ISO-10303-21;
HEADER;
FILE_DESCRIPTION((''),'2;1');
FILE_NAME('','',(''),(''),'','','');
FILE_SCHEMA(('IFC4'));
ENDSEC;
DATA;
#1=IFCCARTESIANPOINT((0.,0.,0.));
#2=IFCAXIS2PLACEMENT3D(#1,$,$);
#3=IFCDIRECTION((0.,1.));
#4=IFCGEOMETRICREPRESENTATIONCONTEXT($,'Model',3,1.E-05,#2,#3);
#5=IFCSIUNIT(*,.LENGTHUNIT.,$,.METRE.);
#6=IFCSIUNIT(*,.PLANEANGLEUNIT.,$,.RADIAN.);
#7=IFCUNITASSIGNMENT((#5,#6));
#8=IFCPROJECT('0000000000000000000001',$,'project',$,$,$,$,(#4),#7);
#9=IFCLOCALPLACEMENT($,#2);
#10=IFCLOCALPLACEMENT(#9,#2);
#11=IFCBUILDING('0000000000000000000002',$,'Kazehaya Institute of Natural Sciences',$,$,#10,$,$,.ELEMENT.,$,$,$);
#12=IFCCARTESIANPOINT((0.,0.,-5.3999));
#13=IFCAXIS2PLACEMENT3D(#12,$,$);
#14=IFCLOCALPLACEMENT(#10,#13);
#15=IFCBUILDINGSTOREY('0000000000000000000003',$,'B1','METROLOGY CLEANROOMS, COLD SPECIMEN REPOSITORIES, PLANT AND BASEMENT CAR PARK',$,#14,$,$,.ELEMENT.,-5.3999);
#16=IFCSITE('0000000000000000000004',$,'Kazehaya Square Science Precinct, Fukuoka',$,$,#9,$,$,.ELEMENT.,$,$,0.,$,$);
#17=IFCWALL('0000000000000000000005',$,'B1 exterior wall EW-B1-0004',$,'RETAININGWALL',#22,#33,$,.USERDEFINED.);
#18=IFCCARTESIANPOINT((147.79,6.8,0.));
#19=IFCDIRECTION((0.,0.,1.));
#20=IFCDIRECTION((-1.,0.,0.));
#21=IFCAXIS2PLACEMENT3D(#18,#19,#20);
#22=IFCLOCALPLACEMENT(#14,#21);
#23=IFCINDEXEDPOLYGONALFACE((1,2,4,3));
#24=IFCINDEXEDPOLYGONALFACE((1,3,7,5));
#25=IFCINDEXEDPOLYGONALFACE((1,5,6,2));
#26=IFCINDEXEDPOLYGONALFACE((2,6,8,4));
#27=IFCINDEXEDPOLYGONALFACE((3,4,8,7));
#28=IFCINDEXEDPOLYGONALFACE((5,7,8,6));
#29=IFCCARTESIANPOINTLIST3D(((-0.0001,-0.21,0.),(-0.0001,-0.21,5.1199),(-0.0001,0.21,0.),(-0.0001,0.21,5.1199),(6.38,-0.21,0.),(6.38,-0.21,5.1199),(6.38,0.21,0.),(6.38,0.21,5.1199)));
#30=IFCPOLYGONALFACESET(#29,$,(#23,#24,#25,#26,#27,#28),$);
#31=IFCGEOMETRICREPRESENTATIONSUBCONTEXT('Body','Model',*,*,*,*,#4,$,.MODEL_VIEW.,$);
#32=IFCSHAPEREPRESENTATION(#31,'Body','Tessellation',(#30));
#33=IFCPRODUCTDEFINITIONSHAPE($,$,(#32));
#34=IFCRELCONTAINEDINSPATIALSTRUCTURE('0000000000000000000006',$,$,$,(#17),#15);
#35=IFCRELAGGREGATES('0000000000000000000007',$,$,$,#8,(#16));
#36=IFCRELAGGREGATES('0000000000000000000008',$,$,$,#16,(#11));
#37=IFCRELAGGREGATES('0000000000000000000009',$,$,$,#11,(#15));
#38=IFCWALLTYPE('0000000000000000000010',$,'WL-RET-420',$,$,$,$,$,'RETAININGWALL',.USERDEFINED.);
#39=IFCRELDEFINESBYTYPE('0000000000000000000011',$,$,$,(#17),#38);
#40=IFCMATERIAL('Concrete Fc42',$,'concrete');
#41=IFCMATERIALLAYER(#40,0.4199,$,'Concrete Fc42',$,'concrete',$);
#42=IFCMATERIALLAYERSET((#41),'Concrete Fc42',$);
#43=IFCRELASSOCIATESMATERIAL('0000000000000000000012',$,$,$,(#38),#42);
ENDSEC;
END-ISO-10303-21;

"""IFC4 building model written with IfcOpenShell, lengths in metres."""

from ifc_helpers import new_model, si_unit, direction, frame, frame_2d, origin, place, context, subcontext, project, spatial, rectangle, extrude, material, layer, layer_set, type_object, element, save


model = new_model("IFC4")

# Units and contexts
model_context = context("Model", 3, precision=1e-05, world=origin(), true_north=direction((0.0, 1.0)))
body_context = subcontext(model_context, "Body", "Model", "MODEL_VIEW")
ifc_project = project(units=[si_unit("LENGTHUNIT", "METRE"), si_unit("PLANEANGLEUNIT", "RADIAN")], contexts=[model_context])

# Site, building, storey
site_placement = place(None, origin())
site = spatial("IfcSite", under=ifc_project, at=site_placement, Name="Kazehaya Square Science Precinct, Fukuoka", CompositionType="ELEMENT", RefElevation=0.0)
building_placement = place(site_placement, origin())
building = spatial("IfcBuilding", under=site, at=building_placement, Name="Kazehaya Institute of Natural Sciences", CompositionType="ELEMENT")
storey_placement = place(building_placement, frame((0.0, 0.0, -5.3999)))
storey = spatial("IfcBuildingStorey", under=building, at=storey_placement, Name="B1", Description="METROLOGY CLEANROOMS, COLD SPECIMEN REPOSITORIES, PLANT AND BASEMENT CAR PARK", CompositionType="ELEMENT", Elevation=-5.3999)

# Shared definitions
ifc_material_1 = material(Name="Concrete Fc42", Category="concrete")

# Wall
ifc_layer = layer(ifc_material_1, 0.4199, Name="Concrete Fc42", Category="concrete")
ifc_layer_set = layer_set([ifc_layer], Name="Concrete Fc42")
wall_type = type_object("IfcWallType", Name="WL-RET-420", ElementType="RETAININGWALL", PredefinedType="USERDEFINED", material=ifc_layer_set)
for number, where, z_axis, x_axis, name in (
    (1, (147.79, 6.8, 0.0), (0.0, 0.0, 1.0), (-1.0, 0.0, 0.0), "B1 exterior wall EW-B1-0004"),
):
    element("IfcWall", number, at=place(storey_placement, frame(where, z_axis=z_axis, x_axis=x_axis)), inside=storey, type_object=wall_type, Name=name, ObjectType="RETAININGWALL", PredefinedType="USERDEFINED", context=body_context, shape_type="SweptSolid", body=[
        extrude(rectangle(XDim=6.3801, YDim=0.4199, at=frame_2d((3.1899, 0.0))), origin(), (0.0, 0.0, 1.0), 5.1199),
    ])

save(model, "model.ifc")
